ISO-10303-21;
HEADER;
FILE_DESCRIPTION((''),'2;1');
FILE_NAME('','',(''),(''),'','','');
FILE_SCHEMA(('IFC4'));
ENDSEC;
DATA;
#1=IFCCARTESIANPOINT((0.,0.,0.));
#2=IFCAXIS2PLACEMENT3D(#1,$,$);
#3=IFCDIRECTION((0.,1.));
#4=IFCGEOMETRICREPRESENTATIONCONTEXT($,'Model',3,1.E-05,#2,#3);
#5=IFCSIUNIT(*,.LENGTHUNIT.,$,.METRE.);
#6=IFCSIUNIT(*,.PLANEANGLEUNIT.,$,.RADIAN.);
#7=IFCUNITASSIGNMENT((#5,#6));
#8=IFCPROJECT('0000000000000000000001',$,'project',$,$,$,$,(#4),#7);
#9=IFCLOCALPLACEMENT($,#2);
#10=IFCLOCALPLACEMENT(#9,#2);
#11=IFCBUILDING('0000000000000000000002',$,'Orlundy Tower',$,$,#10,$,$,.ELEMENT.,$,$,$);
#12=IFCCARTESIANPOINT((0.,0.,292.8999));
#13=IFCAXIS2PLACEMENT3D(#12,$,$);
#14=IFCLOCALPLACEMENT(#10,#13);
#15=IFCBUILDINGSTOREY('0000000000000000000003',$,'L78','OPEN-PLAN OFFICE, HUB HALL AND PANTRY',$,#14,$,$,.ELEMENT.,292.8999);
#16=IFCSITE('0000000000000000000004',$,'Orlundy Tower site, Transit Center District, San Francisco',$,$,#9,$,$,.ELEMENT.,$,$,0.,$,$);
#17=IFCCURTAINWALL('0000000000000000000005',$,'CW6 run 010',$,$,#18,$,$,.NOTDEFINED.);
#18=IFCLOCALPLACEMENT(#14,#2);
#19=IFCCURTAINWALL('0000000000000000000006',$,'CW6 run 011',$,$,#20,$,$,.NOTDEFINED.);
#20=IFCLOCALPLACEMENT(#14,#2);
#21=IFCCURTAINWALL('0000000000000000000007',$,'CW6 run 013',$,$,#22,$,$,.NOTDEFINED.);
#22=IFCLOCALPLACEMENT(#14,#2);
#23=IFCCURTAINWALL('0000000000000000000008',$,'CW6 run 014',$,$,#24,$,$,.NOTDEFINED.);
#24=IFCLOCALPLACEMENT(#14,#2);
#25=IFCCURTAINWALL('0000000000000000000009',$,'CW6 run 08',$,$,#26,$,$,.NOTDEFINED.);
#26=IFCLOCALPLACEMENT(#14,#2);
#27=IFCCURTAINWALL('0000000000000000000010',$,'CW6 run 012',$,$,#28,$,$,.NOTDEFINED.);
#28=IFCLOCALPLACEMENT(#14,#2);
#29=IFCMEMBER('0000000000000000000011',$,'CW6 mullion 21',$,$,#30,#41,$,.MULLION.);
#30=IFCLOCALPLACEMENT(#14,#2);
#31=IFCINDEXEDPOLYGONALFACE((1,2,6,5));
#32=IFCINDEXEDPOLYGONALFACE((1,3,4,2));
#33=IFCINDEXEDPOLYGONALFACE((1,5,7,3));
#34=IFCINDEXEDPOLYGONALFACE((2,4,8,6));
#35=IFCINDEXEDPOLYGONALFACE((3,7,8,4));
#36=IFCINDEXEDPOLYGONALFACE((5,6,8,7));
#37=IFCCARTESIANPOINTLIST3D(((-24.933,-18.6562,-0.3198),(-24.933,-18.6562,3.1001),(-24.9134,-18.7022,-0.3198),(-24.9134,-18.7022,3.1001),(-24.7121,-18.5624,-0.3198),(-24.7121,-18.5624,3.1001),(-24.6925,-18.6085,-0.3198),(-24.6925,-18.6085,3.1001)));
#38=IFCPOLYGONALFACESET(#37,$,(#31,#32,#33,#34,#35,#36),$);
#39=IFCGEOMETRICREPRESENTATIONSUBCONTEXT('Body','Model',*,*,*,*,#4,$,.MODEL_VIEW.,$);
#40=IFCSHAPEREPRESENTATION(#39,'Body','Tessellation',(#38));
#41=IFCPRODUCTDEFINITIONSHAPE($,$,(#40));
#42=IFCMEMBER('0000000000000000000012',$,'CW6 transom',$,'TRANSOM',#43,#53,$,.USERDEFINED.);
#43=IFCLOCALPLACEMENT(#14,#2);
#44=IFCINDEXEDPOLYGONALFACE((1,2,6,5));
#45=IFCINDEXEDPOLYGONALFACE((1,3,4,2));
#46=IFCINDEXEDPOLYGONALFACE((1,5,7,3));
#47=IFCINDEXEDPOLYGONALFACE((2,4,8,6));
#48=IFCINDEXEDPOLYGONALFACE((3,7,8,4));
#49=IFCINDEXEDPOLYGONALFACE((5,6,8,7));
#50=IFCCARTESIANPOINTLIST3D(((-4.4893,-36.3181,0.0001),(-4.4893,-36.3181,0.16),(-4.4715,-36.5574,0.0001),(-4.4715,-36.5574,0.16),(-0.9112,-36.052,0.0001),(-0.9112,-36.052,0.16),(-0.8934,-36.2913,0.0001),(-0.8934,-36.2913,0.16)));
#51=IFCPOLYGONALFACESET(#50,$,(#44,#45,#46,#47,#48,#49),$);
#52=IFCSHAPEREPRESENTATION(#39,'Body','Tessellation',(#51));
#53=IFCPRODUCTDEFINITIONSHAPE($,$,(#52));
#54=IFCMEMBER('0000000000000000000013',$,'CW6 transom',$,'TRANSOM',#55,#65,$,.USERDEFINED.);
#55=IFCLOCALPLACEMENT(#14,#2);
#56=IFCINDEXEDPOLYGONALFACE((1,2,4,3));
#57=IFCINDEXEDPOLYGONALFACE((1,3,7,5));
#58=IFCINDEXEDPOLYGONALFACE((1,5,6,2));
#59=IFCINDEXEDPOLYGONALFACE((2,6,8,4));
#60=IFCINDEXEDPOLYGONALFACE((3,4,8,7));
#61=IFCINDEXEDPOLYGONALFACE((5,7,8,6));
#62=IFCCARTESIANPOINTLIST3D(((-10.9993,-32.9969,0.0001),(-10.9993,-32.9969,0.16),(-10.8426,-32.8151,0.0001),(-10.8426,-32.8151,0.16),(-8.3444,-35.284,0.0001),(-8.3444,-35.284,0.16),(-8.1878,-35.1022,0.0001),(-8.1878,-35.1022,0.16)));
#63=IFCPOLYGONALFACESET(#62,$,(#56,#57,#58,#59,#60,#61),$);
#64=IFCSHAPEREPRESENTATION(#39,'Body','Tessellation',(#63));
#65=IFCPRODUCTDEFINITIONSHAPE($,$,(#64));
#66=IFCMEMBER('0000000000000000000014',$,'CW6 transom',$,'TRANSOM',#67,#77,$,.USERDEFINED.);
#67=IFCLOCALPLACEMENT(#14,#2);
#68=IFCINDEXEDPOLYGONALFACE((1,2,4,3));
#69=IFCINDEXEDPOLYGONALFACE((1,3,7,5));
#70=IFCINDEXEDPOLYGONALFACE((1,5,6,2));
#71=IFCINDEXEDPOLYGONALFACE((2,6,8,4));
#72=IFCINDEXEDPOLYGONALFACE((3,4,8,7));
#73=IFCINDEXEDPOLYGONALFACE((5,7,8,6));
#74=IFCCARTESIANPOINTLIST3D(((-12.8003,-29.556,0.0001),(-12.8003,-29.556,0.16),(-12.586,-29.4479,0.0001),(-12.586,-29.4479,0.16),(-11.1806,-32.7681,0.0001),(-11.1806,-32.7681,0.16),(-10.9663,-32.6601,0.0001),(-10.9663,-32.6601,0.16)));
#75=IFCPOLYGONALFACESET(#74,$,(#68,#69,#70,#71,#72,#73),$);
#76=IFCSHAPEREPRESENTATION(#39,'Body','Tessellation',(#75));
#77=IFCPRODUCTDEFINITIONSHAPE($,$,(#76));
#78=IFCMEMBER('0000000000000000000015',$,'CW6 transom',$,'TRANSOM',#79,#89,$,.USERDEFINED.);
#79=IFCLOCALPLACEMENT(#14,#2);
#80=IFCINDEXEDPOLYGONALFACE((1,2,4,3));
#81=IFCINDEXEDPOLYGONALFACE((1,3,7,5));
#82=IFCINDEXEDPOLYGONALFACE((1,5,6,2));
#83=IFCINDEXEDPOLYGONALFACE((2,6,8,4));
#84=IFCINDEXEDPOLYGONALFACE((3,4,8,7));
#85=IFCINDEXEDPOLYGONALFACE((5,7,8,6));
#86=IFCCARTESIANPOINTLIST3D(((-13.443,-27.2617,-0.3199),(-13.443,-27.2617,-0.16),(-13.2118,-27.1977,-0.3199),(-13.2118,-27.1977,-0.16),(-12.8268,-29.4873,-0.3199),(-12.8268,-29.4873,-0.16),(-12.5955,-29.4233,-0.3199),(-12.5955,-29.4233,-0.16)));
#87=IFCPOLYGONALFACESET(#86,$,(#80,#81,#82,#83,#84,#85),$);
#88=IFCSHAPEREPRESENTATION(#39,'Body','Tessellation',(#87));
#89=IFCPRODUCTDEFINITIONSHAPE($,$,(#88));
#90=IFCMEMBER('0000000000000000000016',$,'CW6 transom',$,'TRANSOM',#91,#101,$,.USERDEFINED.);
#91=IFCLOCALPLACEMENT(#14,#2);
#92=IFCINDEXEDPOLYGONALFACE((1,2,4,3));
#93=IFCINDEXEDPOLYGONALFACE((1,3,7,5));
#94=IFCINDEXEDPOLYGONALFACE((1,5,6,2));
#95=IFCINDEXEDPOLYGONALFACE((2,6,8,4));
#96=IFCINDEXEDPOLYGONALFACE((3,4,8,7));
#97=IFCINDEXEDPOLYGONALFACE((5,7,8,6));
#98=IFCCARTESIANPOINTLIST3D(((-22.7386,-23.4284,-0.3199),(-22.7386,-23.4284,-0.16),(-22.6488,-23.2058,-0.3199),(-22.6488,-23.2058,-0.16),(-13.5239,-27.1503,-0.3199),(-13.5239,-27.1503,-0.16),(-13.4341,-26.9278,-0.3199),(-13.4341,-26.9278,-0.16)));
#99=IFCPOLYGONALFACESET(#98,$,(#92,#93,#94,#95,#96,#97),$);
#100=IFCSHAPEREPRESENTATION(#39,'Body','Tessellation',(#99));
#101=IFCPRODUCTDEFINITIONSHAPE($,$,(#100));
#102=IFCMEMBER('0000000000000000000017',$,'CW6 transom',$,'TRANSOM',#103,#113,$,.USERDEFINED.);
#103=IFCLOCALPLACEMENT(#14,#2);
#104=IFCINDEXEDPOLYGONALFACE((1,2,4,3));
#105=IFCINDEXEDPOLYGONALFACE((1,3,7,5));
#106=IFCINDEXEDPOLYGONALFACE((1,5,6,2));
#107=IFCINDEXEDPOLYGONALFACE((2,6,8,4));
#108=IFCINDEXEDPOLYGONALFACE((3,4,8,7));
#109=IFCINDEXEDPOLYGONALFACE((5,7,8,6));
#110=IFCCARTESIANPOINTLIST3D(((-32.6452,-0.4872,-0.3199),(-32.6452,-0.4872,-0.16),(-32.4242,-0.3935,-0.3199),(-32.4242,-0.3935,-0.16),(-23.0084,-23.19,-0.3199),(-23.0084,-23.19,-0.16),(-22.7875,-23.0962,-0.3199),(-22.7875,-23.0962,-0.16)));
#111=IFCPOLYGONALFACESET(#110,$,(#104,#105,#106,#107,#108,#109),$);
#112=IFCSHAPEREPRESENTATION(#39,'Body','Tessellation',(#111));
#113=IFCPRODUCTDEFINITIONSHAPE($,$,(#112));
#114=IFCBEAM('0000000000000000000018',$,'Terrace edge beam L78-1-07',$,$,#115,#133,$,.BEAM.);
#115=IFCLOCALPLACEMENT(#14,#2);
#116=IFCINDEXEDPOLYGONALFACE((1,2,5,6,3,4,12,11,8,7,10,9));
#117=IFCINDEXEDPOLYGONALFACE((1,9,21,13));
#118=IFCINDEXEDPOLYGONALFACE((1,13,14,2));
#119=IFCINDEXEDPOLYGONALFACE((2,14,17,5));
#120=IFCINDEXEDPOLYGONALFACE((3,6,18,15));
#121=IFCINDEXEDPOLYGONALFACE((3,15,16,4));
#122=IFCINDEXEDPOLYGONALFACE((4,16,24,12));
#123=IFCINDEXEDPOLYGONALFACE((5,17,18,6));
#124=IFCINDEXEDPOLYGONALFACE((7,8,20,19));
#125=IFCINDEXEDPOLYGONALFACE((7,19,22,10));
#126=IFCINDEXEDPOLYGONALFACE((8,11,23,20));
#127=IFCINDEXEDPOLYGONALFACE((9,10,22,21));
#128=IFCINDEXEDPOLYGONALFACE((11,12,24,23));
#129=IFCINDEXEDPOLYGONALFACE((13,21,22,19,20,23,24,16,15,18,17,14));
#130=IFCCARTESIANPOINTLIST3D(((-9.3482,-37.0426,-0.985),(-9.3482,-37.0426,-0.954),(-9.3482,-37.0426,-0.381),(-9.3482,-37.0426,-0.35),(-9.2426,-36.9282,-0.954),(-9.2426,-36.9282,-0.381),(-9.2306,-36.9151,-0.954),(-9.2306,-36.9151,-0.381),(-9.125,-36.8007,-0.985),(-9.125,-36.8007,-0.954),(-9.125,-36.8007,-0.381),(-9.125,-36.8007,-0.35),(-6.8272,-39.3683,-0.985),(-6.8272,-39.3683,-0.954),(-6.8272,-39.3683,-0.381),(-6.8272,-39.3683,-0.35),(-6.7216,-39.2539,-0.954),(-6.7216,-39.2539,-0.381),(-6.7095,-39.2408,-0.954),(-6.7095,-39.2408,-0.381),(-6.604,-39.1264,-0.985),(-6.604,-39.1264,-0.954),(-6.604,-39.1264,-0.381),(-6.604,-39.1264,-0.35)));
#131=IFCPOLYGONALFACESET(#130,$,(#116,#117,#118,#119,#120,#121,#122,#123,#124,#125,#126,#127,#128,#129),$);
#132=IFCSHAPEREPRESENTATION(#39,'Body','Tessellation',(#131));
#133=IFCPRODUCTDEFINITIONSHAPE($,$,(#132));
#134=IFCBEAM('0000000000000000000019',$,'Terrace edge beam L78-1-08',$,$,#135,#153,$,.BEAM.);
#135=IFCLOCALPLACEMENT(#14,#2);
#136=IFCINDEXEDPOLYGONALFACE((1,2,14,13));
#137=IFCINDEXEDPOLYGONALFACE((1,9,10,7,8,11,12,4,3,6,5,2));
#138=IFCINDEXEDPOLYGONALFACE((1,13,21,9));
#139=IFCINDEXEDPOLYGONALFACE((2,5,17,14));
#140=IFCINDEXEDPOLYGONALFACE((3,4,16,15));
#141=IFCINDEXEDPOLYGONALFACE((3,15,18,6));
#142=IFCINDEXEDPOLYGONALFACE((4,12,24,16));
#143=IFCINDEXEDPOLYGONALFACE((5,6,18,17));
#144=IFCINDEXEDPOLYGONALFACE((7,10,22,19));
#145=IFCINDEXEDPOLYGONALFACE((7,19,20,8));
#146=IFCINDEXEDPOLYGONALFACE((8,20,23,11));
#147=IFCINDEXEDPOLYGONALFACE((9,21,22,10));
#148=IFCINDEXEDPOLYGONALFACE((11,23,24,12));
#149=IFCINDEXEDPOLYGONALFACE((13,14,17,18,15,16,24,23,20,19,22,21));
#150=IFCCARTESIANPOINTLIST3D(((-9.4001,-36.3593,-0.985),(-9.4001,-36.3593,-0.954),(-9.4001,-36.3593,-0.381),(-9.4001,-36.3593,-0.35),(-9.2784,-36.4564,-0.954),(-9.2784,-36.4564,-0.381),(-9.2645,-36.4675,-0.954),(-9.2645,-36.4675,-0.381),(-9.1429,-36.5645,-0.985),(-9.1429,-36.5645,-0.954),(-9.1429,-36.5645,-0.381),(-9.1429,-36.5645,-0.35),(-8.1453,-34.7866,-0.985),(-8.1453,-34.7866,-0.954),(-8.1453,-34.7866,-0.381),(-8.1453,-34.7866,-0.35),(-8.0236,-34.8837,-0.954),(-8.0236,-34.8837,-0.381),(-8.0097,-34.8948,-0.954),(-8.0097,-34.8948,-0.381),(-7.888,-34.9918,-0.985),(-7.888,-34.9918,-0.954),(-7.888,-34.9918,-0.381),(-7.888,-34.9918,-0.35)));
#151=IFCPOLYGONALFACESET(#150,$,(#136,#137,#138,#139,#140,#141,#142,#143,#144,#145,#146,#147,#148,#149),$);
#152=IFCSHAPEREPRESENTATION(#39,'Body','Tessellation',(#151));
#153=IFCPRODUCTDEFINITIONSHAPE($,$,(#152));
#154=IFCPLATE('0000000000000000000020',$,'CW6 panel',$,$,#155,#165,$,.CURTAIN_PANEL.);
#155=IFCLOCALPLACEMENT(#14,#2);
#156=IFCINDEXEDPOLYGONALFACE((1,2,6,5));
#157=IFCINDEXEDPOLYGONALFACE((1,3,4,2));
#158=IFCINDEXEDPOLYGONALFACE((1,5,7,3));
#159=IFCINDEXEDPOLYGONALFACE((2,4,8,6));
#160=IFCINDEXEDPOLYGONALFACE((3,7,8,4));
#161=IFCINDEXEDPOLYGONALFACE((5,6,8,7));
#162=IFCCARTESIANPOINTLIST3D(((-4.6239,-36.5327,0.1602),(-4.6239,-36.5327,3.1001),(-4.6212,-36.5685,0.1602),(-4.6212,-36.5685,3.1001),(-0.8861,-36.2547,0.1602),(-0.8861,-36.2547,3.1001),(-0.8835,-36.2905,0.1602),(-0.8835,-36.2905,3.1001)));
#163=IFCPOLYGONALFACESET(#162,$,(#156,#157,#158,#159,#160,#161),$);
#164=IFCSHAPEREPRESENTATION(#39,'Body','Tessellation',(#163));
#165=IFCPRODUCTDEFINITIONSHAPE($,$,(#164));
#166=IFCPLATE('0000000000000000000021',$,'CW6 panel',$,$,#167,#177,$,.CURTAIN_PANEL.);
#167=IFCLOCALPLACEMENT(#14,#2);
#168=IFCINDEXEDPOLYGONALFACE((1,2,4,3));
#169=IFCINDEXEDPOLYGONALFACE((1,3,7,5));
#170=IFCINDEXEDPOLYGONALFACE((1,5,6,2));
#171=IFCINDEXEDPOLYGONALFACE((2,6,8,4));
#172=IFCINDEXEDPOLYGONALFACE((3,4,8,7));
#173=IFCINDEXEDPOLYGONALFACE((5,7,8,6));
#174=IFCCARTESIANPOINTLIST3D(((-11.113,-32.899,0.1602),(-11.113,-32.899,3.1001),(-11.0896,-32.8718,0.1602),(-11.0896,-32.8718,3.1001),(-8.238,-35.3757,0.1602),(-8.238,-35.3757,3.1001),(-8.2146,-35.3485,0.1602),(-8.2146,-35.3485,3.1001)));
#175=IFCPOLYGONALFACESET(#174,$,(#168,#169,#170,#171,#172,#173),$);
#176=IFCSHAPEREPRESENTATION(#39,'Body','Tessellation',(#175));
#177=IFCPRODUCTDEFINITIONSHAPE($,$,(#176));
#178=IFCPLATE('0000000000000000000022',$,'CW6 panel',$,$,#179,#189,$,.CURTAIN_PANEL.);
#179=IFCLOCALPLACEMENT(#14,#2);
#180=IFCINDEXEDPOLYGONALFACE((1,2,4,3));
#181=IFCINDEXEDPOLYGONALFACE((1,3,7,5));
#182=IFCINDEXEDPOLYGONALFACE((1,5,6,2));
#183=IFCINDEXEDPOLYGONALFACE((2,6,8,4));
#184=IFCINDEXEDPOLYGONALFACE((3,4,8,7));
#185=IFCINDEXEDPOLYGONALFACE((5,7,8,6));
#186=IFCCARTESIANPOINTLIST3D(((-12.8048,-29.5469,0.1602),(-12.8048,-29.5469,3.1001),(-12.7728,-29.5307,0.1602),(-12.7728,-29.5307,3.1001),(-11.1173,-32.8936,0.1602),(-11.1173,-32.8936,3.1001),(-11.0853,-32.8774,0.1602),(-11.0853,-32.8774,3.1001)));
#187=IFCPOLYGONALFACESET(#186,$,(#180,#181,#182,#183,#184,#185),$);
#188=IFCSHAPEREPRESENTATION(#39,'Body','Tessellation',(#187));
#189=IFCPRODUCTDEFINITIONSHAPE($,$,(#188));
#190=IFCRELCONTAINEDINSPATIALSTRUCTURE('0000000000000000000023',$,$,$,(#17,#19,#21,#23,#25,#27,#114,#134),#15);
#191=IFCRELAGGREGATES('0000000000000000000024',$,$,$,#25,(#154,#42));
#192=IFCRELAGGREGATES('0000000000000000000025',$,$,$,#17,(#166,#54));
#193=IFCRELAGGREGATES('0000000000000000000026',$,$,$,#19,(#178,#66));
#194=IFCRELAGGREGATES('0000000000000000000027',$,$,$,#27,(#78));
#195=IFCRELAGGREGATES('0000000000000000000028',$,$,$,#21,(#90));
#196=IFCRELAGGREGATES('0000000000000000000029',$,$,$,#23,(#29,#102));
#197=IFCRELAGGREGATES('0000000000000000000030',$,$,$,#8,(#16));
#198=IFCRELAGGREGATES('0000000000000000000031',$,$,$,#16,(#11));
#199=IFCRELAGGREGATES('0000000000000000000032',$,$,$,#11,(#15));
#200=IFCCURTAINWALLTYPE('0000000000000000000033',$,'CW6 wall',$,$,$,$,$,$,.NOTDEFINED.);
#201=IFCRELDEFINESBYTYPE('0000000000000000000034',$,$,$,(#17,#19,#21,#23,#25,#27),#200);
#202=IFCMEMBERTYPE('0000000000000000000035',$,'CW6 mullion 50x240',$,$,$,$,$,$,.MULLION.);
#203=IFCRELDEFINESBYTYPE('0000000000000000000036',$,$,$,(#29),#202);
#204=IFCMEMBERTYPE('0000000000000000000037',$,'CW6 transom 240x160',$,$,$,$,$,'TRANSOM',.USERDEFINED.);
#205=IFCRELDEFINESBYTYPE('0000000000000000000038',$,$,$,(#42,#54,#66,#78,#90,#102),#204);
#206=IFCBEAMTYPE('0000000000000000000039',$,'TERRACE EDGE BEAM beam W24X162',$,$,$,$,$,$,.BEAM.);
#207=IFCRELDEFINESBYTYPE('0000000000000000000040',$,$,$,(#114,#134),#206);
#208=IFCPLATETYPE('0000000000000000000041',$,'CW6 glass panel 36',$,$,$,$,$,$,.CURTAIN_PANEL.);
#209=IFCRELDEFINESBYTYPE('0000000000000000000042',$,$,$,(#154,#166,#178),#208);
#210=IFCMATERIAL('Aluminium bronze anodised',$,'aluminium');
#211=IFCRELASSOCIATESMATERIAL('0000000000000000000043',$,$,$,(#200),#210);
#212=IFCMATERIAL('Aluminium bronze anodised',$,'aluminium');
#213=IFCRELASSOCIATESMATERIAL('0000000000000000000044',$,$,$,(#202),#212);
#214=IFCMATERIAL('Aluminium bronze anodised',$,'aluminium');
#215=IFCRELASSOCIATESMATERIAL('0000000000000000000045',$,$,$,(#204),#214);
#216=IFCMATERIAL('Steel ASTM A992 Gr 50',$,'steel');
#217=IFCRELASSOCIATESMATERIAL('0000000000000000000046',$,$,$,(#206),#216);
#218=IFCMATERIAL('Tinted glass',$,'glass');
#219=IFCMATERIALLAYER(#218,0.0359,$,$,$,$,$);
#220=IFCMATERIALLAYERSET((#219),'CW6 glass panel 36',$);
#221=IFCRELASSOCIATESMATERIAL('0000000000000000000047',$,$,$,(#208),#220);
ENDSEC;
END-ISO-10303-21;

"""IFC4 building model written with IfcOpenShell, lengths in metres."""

from ifc_helpers import new_model, si_unit, direction, frame, origin, origin_2d, place, context, subcontext, project, spatial, rectangle, i_section, extrude, material, layer, layer_set, material_profile, profile_set, type_object, element, aggregate, save


model = new_model("IFC4")

# Units and contexts
model_context = context("Model", 3, precision=1e-05, world=origin(), true_north=direction((0.0, 1.0)))
body_context = subcontext(model_context, "Body", "Model", "MODEL_VIEW")
ifc_project = project(units=[si_unit("LENGTHUNIT", "METRE"), si_unit("PLANEANGLEUNIT", "RADIAN")], contexts=[model_context])

# Site, building, storey
site_placement = place(None, origin())
site = spatial("IfcSite", under=ifc_project, at=site_placement, Name="Orlundy Tower site, Transit Center District, San Francisco", CompositionType="ELEMENT", RefElevation=0.0)
building_placement = place(site_placement, origin())
building = spatial("IfcBuilding", under=site, at=building_placement, Name="Orlundy Tower", CompositionType="ELEMENT")
storey_placement = place(building_placement, frame((0.0, 0.0, 292.8999)))
storey = spatial("IfcBuildingStorey", under=building, at=storey_placement, Name="L78", Description="OPEN-PLAN OFFICE, HUB HALL AND PANTRY", CompositionType="ELEMENT", Elevation=292.8999)

# Curtain walls
ifc_material_1 = material(Name="Aluminium bronze anodised", Category="aluminium")
curtain_wall_type = type_object("IfcCurtainWallType", Name="CW6 wall", PredefinedType="NOTDEFINED", material=ifc_material_1)
curtain_wall_1_placement = place(storey_placement, origin())
curtain_wall_1 = element("IfcCurtainWall", 1, at=curtain_wall_1_placement, inside=storey, type_object=curtain_wall_type, Name="CW6 run 010", PredefinedType="NOTDEFINED")
curtain_wall_2_placement = place(storey_placement, origin())
curtain_wall_2 = element("IfcCurtainWall", 2, at=curtain_wall_2_placement, inside=storey, type_object=curtain_wall_type, Name="CW6 run 011", PredefinedType="NOTDEFINED")
curtain_wall_3_placement = place(storey_placement, origin())
curtain_wall_3 = element("IfcCurtainWall", 3, at=curtain_wall_3_placement, inside=storey, type_object=curtain_wall_type, Name="CW6 run 013", PredefinedType="NOTDEFINED")
curtain_wall_4_placement = place(storey_placement, origin())
curtain_wall_4 = element("IfcCurtainWall", 4, at=curtain_wall_4_placement, inside=storey, type_object=curtain_wall_type, Name="CW6 run 014", PredefinedType="NOTDEFINED")
curtain_wall_5_placement = place(storey_placement, origin())
curtain_wall_5 = element("IfcCurtainWall", 5, at=curtain_wall_5_placement, inside=storey, type_object=curtain_wall_type, Name="CW6 run 08", PredefinedType="NOTDEFINED")
ifc_material_2 = material(Name="Aluminium bronze anodised", Category="aluminium")
ifc_material_profile_1 = material_profile(ifc_material_2, rectangle(XDim=0.24, YDim=0.05, at=origin_2d()), Name="CW6 mullion 50x240")
ifc_profile_set_1 = profile_set([ifc_material_profile_1], Name="Aluminium bronze anodised")
member_type_1 = type_object("IfcMemberType", Name="CW6 mullion 50x240", PredefinedType="MULLION", material=ifc_profile_set_1)
curtain_wall_6_placement = place(storey_placement, origin())
curtain_wall_6 = element("IfcCurtainWall", 6, at=curtain_wall_6_placement, inside=storey, type_object=curtain_wall_type, Name="CW6 run 012", PredefinedType="NOTDEFINED")

# Members
member_1_placement = place(storey_placement, frame((-24.8127, -18.6323, -0.3198), z_axis=(0.0, 0.0, 1.0), x_axis=(-0.920507, -0.390727, 0.0)))
member_1 = element("IfcMember", 7, at=member_1_placement, type_object=member_type_1, Name="CW6 mullion 21", PredefinedType="MULLION", context=body_context, shape_type="SweptSolid", body=[
    extrude(rectangle(XDim=0.24, YDim=0.05, at=origin_2d()), origin(), (0.0, 0.0, 1.0), 3.4199),
])
ifc_material_3 = material(Name="Aluminium bronze anodised", Category="aluminium")
ifc_material_profile_2 = material_profile(ifc_material_3, rectangle(XDim=0.24, YDim=0.1599, at=origin_2d()), Name="CW6 transom 240x160")
ifc_profile_set_2 = profile_set([ifc_material_profile_2], Name="Aluminium bronze anodised")
member_type_2 = type_object("IfcMemberType", Name="CW6 transom 240x160", ElementType="TRANSOM", PredefinedType="USERDEFINED", material=ifc_profile_set_2)
member_2_placement = place(storey_placement, frame((-0.9023, -36.1716, 0.0801), z_axis=(-0.997246, -0.074167, 0.0), x_axis=(0.074167, -0.997246, 0.0)))
member_2 = element("IfcMember", 8, at=member_2_placement, type_object=member_type_2, Name="CW6 transom", ObjectType="TRANSOM", PredefinedType="USERDEFINED", context=body_context, shape_type="SweptSolid", body=[
    extrude(rectangle(XDim=0.24, YDim=0.1599, at=origin_2d()), origin(), (0.0, 0.0, 1.0), 3.5879),
])
member_3_placement = place(storey_placement, frame((-8.2661, -35.1931, 0.0801), z_axis=(-0.757621, 0.652694, 0.0), x_axis=(-0.652694, -0.757621, 0.0)))
member_3 = element("IfcMember", 9, at=member_3_placement, type_object=member_type_2, Name="CW6 transom", ObjectType="TRANSOM", PredefinedType="USERDEFINED", context=body_context, shape_type="SweptSolid", body=[
    extrude(rectangle(XDim=0.24, YDim=0.1599, at=origin_2d()), origin(), (0.0, 0.0, 1.0), 3.5042),
])
member_4_placement = place(storey_placement, frame((-11.0735, -32.7141, 0.0801), z_axis=(-0.450224, 0.892915, 0.0), x_axis=(-0.892915, -0.450224, 0.0)))
member_4 = element("IfcMember", 10, at=member_4_placement, type_object=member_type_2, Name="CW6 transom", ObjectType="TRANSOM", PredefinedType="USERDEFINED", context=body_context, shape_type="SweptSolid", body=[
    extrude(rectangle(XDim=0.24, YDim=0.1599, at=origin_2d()), origin(), (0.0, 0.0, 1.0), 3.5974),
])
member_5_placement = place(storey_placement, frame((-12.7112, -29.4553, -0.24), z_axis=(-0.266837, 0.963742, 0.0), x_axis=(-0.963742, -0.266837, 0.0)))
member_5 = element("IfcMember", 11, at=member_5_placement, type_object=member_type_2, Name="CW6 transom", ObjectType="TRANSOM", PredefinedType="USERDEFINED", context=body_context, shape_type="SweptSolid", body=[
    extrude(rectangle(XDim=0.24, YDim=0.1599, at=origin_2d()), origin(), (0.0, 0.0, 1.0), 2.3093),
])
member_6_placement = place(storey_placement, frame((-13.479, -27.0391, -0.24), z_axis=(-0.927219, 0.374519, 0.0), x_axis=(-0.374519, -0.927219, 0.0)))
member_6 = element("IfcMember", 12, at=member_6_placement, type_object=member_type_2, Name="CW6 transom", ObjectType="TRANSOM", PredefinedType="USERDEFINED", context=body_context, shape_type="SweptSolid", body=[
    extrude(rectangle(XDim=0.24, YDim=0.1599, at=origin_2d()), origin(), (0.0, 0.0, 1.0), 9.938),
])
member_7_placement = place(storey_placement, frame((-22.8979, -23.1431, -0.24), z_axis=(-0.390732, 0.920505, 0.0), x_axis=(-0.920505, -0.390732, 0.0)))
member_7 = element("IfcMember", 13, at=member_7_placement, type_object=member_type_2, Name="CW6 transom", ObjectType="TRANSOM", PredefinedType="USERDEFINED", context=body_context, shape_type="SweptSolid", body=[
    extrude(rectangle(XDim=0.24, YDim=0.1599, at=origin_2d()), origin(), (0.0, 0.0, 1.0), 24.6633),
])

# Beams
ifc_material_4 = material(Name="Steel ASTM A992 Gr 50", Category="steel")
ifc_material_profile_3 = material_profile(ifc_material_4, i_section(OverallWidth=0.3291, OverallDepth=0.635, WebThickness=0.0178, FlangeThickness=0.031, at=origin_2d()), Name="W24X162")
ifc_profile_set_3 = profile_set([ifc_material_profile_3], Name="Steel ASTM A992 Gr 50")
beam_type = type_object("IfcBeamType", Name="TERRACE EDGE BEAM beam W24X162", PredefinedType="BEAM", material=ifc_profile_set_3)
beam_1_placement = place(storey_placement, frame((-6.7156, -39.2473, -0.6675), z_axis=(-0.735005, 0.678061, 0.0), x_axis=(-0.678061, -0.735005, 0.0)))
element("IfcBeam", 14, at=beam_1_placement, inside=storey, type_object=beam_type, Name="Terrace edge beam L78-1-07", PredefinedType="BEAM", context=body_context, shape_type="SweptSolid", body=[
    extrude(i_section(OverallWidth=0.3291, OverallDepth=0.635, WebThickness=0.0178, FlangeThickness=0.031, at=origin_2d()), origin(), (0.0, 0.0, 1.0), 3.4299),
])
beam_2_placement = place(storey_placement, frame((-9.2715, -36.4619, -0.6675), z_axis=(0.623688, 0.781673, 0.0), x_axis=(-0.781673, 0.623688, 0.0)))
element("IfcBeam", 15, at=beam_2_placement, inside=storey, type_object=beam_type, Name="Terrace edge beam L78-1-08", PredefinedType="BEAM", context=body_context, shape_type="SweptSolid", body=[
    extrude(i_section(OverallWidth=0.3291, OverallDepth=0.635, WebThickness=0.0178, FlangeThickness=0.031, at=origin_2d()), origin(), (0.0, 0.0, 1.0), 2.012),
])

# Plates
ifc_material_5 = material(Name="Tinted glass", Category="glass")
ifc_layer_1 = layer(ifc_material_5, 0.0359)
ifc_layer_set_1 = layer_set([ifc_layer_1], Name="CW6 glass panel 36")
plate_type = type_object("IfcPlateType", Name="CW6 glass panel 36", PredefinedType="CURTAIN_PANEL", material=ifc_layer_set_1)
plate_1_placement = place(storey_placement, frame((-2.7537, -36.4116, 0.1602), z_axis=(0.0, 0.0, 1.0), x_axis=(-0.997245, -0.07418, 0.0)))
plate_1 = element("IfcPlate", 16, at=plate_1_placement, type_object=plate_type, Name="CW6 panel", PredefinedType="CURTAIN_PANEL", context=body_context, shape_type="SweptSolid", body=[
    extrude(rectangle(XDim=3.748, YDim=0.0359, at=origin_2d()), origin(), (0.0, 0.0, 1.0), 2.9399),
])
aggregate(curtain_wall_5, [plate_1, member_2])
plate_2_placement = place(storey_placement, frame((-9.6638, -34.1238, 0.1602), z_axis=(0.0, 0.0, 1.0), x_axis=(-0.757635, 0.652678, 0.0)))
plate_2 = element("IfcPlate", 17, at=plate_2_placement, type_object=plate_type, Name="CW6 panel", PredefinedType="CURTAIN_PANEL", context=body_context, shape_type="SweptSolid", body=[
    extrude(rectangle(XDim=3.7947, YDim=0.0359, at=origin_2d()), origin(), (0.0, 0.0, 1.0), 2.9399),
])
aggregate(curtain_wall_1, [plate_2, member_3])
plate_3_placement = place(storey_placement, frame((-11.9451, -31.2122, 0.1602), z_axis=(0.0, 0.0, 1.0), x_axis=(-0.450232, 0.892911, 0.0)))
plate_3 = element("IfcPlate", 18, at=plate_3_placement, type_object=plate_type, Name="CW6 panel", PredefinedType="CURTAIN_PANEL", context=body_context, shape_type="SweptSolid", body=[
    extrude(rectangle(XDim=3.748, YDim=0.0359, at=origin_2d()), origin(), (0.0, 0.0, 1.0), 2.9399),
])
aggregate(curtain_wall_2, [plate_3, member_4])
aggregate(curtain_wall_6, [member_5])
aggregate(curtain_wall_3, [member_6])
aggregate(curtain_wall_4, [member_1, member_7])

save(model, "model.ifc")
